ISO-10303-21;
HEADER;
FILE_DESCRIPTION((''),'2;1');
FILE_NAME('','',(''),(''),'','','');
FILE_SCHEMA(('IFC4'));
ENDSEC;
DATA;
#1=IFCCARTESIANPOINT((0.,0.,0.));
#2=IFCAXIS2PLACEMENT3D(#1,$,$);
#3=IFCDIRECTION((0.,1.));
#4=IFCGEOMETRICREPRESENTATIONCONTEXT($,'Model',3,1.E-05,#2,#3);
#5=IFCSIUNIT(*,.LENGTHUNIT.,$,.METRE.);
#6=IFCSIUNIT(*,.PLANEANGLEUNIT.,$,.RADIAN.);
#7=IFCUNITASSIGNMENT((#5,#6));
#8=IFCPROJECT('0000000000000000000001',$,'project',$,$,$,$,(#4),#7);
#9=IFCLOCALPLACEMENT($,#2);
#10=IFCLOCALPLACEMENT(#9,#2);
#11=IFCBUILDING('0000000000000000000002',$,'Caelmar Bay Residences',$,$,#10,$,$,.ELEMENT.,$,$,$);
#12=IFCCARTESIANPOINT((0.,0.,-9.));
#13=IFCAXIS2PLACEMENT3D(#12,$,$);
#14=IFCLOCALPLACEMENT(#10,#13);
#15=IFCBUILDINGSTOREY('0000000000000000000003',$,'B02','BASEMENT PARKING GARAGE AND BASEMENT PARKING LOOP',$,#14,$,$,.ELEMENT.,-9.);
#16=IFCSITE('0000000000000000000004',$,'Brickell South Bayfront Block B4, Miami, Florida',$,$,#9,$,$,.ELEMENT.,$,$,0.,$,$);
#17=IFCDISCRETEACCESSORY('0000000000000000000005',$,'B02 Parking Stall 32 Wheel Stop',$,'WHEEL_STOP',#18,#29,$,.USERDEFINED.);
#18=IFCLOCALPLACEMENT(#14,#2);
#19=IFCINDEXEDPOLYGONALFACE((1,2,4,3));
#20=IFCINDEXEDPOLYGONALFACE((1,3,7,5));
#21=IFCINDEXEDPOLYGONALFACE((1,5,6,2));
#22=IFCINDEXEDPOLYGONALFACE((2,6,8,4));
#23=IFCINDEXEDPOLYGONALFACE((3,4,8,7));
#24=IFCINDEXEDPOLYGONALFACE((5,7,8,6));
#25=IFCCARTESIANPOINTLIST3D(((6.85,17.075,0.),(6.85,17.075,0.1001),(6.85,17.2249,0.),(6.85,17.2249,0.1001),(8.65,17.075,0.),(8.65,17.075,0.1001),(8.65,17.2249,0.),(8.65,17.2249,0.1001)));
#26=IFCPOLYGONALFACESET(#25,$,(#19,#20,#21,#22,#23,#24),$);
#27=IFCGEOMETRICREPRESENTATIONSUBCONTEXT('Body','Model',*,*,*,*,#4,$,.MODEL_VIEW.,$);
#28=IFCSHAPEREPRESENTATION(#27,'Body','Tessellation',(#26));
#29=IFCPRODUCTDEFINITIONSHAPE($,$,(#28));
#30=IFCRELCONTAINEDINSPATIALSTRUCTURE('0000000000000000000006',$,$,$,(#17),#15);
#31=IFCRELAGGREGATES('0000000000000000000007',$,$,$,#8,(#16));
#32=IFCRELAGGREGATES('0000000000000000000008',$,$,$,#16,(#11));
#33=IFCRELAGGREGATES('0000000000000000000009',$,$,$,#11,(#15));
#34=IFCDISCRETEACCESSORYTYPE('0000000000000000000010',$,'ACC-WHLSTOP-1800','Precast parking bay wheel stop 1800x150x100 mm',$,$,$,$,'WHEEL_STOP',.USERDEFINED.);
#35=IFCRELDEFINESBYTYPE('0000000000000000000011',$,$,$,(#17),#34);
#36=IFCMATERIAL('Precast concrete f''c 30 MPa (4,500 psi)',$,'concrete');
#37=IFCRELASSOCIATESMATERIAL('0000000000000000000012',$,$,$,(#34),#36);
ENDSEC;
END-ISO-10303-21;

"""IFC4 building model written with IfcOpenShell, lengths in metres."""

from ifc_helpers import new_model, si_unit, direction, frame, origin, origin_2d, place, context, subcontext, project, spatial, rectangle, extrude, material, type_object, element, save


model = new_model("IFC4")

# Units and contexts
model_context = context("Model", 3, precision=1e-05, world=origin(), true_north=direction((0.0, 1.0)))
body_context = subcontext(model_context, "Body", "Model", "MODEL_VIEW")
ifc_project = project(units=[si_unit("LENGTHUNIT", "METRE"), si_unit("PLANEANGLEUNIT", "RADIAN")], contexts=[model_context])

# Site, building, storey
site_placement = place(None, origin())
site = spatial("IfcSite", under=ifc_project, at=site_placement, Name="Brickell South Bayfront Block B4, Miami, Florida", CompositionType="ELEMENT", RefElevation=0.0)
building_placement = place(site_placement, origin())
building = spatial("IfcBuilding", under=site, at=building_placement, Name="Caelmar Bay Residences", CompositionType="ELEMENT")
storey_placement = place(building_placement, frame((0.0, 0.0, -9.0)))
storey = spatial("IfcBuildingStorey", under=building, at=storey_placement, Name="B02", Description="BASEMENT PARKING GARAGE AND BASEMENT PARKING LOOP", CompositionType="ELEMENT", Elevation=-9.0)

# Discrete accessory
ifc_material_1 = material(Name="Precast concrete f'c 30 MPa (4,500 psi)", Category="concrete")
discrete_accessory_type = type_object("IfcDiscreteAccessoryType", Name="ACC-WHLSTOP-1800", Description="Precast parking bay wheel stop 1800x150x100 mm", ElementType="WHEEL_STOP", PredefinedType="USERDEFINED", material=ifc_material_1)
for number, where, z_axis, x_axis, name in (
    (1, (7.75, 17.1499, 0.0), (0.0, 0.0, 1.0), (1.0, 0.0, 0.0), "B02 Parking Stall 32 Wheel Stop"),
):
    element("IfcDiscreteAccessory", number, at=place(storey_placement, frame(where, z_axis=z_axis, x_axis=x_axis)), inside=storey, type_object=discrete_accessory_type, Name=name, ObjectType="WHEEL_STOP", PredefinedType="USERDEFINED", context=body_context, shape_type="SweptSolid", body=[
        extrude(rectangle(XDim=1.8, YDim=0.1499, at=origin_2d()), origin(), (0.0, 0.0, 1.0), 0.1001),
    ])

save(model, "model.ifc")
